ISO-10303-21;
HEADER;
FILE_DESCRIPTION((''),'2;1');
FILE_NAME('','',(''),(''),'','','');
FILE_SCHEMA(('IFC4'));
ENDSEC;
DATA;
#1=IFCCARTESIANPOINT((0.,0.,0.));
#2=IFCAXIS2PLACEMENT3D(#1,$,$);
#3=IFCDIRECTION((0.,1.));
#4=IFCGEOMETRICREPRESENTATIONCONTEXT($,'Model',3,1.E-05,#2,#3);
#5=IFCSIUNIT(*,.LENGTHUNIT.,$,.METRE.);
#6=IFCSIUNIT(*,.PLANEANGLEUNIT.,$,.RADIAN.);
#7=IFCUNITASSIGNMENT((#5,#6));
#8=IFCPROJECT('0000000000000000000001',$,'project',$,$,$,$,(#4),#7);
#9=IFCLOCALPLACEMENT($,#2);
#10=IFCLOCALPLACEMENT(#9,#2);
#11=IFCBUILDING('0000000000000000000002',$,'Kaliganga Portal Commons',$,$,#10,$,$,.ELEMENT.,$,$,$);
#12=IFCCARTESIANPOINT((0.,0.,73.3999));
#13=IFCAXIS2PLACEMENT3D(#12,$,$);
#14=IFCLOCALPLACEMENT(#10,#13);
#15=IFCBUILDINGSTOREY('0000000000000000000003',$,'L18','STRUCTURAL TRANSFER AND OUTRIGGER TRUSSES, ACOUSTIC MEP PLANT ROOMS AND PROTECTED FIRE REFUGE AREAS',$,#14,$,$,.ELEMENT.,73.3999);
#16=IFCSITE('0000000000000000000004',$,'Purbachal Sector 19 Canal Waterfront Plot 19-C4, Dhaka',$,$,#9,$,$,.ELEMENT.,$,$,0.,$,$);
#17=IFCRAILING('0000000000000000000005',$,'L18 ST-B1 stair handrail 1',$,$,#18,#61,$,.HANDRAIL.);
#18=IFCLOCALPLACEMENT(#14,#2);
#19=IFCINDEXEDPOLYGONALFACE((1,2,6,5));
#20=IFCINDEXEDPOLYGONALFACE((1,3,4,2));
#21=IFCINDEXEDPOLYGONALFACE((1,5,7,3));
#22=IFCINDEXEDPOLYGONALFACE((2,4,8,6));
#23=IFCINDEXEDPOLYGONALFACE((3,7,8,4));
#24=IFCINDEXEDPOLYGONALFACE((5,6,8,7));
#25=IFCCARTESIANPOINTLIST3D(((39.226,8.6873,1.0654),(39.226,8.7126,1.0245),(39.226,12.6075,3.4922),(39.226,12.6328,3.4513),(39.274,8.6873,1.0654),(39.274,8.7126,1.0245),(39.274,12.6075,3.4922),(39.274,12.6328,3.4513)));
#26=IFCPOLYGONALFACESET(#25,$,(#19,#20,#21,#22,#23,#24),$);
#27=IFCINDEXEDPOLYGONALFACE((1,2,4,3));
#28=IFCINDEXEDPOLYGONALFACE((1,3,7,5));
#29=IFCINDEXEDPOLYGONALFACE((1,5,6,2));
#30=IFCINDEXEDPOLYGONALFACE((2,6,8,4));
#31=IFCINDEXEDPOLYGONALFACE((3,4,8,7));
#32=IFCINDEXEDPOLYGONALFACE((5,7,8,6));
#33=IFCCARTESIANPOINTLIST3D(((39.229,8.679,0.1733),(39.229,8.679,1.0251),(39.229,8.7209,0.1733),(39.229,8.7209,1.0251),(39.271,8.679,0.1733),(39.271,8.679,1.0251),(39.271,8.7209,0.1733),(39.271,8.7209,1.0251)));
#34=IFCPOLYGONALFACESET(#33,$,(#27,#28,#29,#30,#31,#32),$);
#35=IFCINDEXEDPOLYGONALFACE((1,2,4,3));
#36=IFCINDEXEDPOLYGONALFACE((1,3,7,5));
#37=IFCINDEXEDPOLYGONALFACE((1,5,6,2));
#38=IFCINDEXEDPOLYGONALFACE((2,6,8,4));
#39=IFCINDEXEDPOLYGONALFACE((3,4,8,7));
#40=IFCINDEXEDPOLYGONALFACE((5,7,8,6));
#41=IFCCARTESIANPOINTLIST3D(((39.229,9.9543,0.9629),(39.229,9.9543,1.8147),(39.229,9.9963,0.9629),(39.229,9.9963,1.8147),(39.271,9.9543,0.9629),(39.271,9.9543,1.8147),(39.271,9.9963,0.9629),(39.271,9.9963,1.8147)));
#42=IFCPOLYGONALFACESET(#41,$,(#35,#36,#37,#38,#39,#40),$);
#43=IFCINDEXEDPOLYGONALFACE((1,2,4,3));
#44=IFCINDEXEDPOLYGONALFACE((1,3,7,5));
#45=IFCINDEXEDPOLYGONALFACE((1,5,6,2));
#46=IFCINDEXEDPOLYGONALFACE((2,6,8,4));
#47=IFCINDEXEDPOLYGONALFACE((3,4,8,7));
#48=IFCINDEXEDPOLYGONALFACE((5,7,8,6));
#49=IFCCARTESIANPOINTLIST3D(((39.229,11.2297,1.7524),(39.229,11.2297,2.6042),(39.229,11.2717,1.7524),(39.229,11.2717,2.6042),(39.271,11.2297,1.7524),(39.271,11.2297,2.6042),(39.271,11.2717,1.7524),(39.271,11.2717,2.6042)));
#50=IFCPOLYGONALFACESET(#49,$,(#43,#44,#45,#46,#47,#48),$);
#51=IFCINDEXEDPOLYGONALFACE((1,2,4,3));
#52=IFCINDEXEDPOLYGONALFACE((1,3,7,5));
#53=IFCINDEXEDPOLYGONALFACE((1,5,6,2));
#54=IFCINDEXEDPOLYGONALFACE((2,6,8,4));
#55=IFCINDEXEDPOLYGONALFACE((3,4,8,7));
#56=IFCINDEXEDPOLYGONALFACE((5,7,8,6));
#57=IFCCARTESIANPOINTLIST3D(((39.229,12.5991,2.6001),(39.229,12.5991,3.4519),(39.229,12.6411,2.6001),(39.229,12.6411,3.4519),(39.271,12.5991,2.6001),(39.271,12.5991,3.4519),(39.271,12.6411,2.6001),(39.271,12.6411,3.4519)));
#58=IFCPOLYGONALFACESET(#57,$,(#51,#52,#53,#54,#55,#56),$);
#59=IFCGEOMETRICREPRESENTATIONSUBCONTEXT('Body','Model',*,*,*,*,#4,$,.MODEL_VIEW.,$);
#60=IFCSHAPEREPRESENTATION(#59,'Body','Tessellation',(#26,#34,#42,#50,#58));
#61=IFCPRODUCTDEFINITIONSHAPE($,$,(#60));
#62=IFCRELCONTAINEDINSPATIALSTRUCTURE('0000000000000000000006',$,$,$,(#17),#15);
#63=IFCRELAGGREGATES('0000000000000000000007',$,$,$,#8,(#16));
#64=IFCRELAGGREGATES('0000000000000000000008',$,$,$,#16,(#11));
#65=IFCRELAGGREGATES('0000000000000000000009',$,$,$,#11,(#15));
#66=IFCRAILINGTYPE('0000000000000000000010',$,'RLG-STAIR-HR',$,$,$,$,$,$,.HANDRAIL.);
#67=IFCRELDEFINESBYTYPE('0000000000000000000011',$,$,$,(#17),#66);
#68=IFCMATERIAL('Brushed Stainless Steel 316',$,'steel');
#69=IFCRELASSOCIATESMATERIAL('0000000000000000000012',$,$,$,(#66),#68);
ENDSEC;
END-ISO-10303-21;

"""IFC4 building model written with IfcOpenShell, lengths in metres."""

from ifc_helpers import new_model, si_unit, direction, frame, origin, origin_2d, place, context, subcontext, project, spatial, rectangle, extrude, material, type_object, element, save


model = new_model("IFC4")

# Units and contexts
model_context = context("Model", 3, precision=1e-05, world=origin(), true_north=direction((0.0, 1.0)))
body_context = subcontext(model_context, "Body", "Model", "MODEL_VIEW")
ifc_project = project(units=[si_unit("LENGTHUNIT", "METRE"), si_unit("PLANEANGLEUNIT", "RADIAN")], contexts=[model_context])

# Site, building, storey
site_placement = place(None, origin())
site = spatial("IfcSite", under=ifc_project, at=site_placement, Name="Purbachal Sector 19 Canal Waterfront Plot 19-C4, Dhaka", CompositionType="ELEMENT", RefElevation=0.0)
building_placement = place(site_placement, origin())
building = spatial("IfcBuilding", under=site, at=building_placement, Name="Kaliganga Portal Commons", CompositionType="ELEMENT")
storey_placement = place(building_placement, frame((0.0, 0.0, 73.3999)))
storey = spatial("IfcBuildingStorey", under=building, at=storey_placement, Name="L18", Description="STRUCTURAL TRANSFER AND OUTRIGGER TRUSSES, ACOUSTIC MEP PLANT ROOMS AND PROTECTED FIRE REFUGE AREAS", CompositionType="ELEMENT", Elevation=73.3999)

# Railing
ifc_material_1 = material(Name="Brushed Stainless Steel 316", Category="steel")
railing_type_1 = type_object("IfcRailingType", Name="RLG-STAIR-HR", PredefinedType="HANDRAIL", material=ifc_material_1)
railing_1_placement = place(storey_placement, frame((39.25, 8.7, 0.1733)))
element("IfcRailing", 1, at=railing_1_placement, inside=storey, type_object=railing_type_1, Name="L18 ST-B1 stair handrail 1", PredefinedType="HANDRAIL", context=body_context, shape_type="SweptSolid", body=[
    extrude(rectangle(XDim=0.0481, YDim=0.0481, at=origin_2d()), frame((0.0, 0.0, 0.8716), z_axis=(0.0, 0.850266, 0.526353), x_axis=(-1.0, 0.0, 0.0)), (0.0, 0.0, 1.0), 4.6106),
    extrude(rectangle(XDim=0.042, YDim=0.042, at=origin_2d()), origin(), (0.0, 0.0, 1.0), 0.8518),
    extrude(rectangle(XDim=0.042, YDim=0.042, at=origin_2d()), frame((0.0, 1.2754, 0.7896)), (0.0, 0.0, 1.0), 0.8518),
    extrude(rectangle(XDim=0.042, YDim=0.042, at=origin_2d()), frame((0.0, 2.5508, 1.5791)), (0.0, 0.0, 1.0), 0.8518),
    extrude(rectangle(XDim=0.042, YDim=0.042, at=origin_2d()), frame((0.0, 3.9202, 2.4268)), (0.0, 0.0, 1.0), 0.8518),
])

save(model, "model.ifc")
